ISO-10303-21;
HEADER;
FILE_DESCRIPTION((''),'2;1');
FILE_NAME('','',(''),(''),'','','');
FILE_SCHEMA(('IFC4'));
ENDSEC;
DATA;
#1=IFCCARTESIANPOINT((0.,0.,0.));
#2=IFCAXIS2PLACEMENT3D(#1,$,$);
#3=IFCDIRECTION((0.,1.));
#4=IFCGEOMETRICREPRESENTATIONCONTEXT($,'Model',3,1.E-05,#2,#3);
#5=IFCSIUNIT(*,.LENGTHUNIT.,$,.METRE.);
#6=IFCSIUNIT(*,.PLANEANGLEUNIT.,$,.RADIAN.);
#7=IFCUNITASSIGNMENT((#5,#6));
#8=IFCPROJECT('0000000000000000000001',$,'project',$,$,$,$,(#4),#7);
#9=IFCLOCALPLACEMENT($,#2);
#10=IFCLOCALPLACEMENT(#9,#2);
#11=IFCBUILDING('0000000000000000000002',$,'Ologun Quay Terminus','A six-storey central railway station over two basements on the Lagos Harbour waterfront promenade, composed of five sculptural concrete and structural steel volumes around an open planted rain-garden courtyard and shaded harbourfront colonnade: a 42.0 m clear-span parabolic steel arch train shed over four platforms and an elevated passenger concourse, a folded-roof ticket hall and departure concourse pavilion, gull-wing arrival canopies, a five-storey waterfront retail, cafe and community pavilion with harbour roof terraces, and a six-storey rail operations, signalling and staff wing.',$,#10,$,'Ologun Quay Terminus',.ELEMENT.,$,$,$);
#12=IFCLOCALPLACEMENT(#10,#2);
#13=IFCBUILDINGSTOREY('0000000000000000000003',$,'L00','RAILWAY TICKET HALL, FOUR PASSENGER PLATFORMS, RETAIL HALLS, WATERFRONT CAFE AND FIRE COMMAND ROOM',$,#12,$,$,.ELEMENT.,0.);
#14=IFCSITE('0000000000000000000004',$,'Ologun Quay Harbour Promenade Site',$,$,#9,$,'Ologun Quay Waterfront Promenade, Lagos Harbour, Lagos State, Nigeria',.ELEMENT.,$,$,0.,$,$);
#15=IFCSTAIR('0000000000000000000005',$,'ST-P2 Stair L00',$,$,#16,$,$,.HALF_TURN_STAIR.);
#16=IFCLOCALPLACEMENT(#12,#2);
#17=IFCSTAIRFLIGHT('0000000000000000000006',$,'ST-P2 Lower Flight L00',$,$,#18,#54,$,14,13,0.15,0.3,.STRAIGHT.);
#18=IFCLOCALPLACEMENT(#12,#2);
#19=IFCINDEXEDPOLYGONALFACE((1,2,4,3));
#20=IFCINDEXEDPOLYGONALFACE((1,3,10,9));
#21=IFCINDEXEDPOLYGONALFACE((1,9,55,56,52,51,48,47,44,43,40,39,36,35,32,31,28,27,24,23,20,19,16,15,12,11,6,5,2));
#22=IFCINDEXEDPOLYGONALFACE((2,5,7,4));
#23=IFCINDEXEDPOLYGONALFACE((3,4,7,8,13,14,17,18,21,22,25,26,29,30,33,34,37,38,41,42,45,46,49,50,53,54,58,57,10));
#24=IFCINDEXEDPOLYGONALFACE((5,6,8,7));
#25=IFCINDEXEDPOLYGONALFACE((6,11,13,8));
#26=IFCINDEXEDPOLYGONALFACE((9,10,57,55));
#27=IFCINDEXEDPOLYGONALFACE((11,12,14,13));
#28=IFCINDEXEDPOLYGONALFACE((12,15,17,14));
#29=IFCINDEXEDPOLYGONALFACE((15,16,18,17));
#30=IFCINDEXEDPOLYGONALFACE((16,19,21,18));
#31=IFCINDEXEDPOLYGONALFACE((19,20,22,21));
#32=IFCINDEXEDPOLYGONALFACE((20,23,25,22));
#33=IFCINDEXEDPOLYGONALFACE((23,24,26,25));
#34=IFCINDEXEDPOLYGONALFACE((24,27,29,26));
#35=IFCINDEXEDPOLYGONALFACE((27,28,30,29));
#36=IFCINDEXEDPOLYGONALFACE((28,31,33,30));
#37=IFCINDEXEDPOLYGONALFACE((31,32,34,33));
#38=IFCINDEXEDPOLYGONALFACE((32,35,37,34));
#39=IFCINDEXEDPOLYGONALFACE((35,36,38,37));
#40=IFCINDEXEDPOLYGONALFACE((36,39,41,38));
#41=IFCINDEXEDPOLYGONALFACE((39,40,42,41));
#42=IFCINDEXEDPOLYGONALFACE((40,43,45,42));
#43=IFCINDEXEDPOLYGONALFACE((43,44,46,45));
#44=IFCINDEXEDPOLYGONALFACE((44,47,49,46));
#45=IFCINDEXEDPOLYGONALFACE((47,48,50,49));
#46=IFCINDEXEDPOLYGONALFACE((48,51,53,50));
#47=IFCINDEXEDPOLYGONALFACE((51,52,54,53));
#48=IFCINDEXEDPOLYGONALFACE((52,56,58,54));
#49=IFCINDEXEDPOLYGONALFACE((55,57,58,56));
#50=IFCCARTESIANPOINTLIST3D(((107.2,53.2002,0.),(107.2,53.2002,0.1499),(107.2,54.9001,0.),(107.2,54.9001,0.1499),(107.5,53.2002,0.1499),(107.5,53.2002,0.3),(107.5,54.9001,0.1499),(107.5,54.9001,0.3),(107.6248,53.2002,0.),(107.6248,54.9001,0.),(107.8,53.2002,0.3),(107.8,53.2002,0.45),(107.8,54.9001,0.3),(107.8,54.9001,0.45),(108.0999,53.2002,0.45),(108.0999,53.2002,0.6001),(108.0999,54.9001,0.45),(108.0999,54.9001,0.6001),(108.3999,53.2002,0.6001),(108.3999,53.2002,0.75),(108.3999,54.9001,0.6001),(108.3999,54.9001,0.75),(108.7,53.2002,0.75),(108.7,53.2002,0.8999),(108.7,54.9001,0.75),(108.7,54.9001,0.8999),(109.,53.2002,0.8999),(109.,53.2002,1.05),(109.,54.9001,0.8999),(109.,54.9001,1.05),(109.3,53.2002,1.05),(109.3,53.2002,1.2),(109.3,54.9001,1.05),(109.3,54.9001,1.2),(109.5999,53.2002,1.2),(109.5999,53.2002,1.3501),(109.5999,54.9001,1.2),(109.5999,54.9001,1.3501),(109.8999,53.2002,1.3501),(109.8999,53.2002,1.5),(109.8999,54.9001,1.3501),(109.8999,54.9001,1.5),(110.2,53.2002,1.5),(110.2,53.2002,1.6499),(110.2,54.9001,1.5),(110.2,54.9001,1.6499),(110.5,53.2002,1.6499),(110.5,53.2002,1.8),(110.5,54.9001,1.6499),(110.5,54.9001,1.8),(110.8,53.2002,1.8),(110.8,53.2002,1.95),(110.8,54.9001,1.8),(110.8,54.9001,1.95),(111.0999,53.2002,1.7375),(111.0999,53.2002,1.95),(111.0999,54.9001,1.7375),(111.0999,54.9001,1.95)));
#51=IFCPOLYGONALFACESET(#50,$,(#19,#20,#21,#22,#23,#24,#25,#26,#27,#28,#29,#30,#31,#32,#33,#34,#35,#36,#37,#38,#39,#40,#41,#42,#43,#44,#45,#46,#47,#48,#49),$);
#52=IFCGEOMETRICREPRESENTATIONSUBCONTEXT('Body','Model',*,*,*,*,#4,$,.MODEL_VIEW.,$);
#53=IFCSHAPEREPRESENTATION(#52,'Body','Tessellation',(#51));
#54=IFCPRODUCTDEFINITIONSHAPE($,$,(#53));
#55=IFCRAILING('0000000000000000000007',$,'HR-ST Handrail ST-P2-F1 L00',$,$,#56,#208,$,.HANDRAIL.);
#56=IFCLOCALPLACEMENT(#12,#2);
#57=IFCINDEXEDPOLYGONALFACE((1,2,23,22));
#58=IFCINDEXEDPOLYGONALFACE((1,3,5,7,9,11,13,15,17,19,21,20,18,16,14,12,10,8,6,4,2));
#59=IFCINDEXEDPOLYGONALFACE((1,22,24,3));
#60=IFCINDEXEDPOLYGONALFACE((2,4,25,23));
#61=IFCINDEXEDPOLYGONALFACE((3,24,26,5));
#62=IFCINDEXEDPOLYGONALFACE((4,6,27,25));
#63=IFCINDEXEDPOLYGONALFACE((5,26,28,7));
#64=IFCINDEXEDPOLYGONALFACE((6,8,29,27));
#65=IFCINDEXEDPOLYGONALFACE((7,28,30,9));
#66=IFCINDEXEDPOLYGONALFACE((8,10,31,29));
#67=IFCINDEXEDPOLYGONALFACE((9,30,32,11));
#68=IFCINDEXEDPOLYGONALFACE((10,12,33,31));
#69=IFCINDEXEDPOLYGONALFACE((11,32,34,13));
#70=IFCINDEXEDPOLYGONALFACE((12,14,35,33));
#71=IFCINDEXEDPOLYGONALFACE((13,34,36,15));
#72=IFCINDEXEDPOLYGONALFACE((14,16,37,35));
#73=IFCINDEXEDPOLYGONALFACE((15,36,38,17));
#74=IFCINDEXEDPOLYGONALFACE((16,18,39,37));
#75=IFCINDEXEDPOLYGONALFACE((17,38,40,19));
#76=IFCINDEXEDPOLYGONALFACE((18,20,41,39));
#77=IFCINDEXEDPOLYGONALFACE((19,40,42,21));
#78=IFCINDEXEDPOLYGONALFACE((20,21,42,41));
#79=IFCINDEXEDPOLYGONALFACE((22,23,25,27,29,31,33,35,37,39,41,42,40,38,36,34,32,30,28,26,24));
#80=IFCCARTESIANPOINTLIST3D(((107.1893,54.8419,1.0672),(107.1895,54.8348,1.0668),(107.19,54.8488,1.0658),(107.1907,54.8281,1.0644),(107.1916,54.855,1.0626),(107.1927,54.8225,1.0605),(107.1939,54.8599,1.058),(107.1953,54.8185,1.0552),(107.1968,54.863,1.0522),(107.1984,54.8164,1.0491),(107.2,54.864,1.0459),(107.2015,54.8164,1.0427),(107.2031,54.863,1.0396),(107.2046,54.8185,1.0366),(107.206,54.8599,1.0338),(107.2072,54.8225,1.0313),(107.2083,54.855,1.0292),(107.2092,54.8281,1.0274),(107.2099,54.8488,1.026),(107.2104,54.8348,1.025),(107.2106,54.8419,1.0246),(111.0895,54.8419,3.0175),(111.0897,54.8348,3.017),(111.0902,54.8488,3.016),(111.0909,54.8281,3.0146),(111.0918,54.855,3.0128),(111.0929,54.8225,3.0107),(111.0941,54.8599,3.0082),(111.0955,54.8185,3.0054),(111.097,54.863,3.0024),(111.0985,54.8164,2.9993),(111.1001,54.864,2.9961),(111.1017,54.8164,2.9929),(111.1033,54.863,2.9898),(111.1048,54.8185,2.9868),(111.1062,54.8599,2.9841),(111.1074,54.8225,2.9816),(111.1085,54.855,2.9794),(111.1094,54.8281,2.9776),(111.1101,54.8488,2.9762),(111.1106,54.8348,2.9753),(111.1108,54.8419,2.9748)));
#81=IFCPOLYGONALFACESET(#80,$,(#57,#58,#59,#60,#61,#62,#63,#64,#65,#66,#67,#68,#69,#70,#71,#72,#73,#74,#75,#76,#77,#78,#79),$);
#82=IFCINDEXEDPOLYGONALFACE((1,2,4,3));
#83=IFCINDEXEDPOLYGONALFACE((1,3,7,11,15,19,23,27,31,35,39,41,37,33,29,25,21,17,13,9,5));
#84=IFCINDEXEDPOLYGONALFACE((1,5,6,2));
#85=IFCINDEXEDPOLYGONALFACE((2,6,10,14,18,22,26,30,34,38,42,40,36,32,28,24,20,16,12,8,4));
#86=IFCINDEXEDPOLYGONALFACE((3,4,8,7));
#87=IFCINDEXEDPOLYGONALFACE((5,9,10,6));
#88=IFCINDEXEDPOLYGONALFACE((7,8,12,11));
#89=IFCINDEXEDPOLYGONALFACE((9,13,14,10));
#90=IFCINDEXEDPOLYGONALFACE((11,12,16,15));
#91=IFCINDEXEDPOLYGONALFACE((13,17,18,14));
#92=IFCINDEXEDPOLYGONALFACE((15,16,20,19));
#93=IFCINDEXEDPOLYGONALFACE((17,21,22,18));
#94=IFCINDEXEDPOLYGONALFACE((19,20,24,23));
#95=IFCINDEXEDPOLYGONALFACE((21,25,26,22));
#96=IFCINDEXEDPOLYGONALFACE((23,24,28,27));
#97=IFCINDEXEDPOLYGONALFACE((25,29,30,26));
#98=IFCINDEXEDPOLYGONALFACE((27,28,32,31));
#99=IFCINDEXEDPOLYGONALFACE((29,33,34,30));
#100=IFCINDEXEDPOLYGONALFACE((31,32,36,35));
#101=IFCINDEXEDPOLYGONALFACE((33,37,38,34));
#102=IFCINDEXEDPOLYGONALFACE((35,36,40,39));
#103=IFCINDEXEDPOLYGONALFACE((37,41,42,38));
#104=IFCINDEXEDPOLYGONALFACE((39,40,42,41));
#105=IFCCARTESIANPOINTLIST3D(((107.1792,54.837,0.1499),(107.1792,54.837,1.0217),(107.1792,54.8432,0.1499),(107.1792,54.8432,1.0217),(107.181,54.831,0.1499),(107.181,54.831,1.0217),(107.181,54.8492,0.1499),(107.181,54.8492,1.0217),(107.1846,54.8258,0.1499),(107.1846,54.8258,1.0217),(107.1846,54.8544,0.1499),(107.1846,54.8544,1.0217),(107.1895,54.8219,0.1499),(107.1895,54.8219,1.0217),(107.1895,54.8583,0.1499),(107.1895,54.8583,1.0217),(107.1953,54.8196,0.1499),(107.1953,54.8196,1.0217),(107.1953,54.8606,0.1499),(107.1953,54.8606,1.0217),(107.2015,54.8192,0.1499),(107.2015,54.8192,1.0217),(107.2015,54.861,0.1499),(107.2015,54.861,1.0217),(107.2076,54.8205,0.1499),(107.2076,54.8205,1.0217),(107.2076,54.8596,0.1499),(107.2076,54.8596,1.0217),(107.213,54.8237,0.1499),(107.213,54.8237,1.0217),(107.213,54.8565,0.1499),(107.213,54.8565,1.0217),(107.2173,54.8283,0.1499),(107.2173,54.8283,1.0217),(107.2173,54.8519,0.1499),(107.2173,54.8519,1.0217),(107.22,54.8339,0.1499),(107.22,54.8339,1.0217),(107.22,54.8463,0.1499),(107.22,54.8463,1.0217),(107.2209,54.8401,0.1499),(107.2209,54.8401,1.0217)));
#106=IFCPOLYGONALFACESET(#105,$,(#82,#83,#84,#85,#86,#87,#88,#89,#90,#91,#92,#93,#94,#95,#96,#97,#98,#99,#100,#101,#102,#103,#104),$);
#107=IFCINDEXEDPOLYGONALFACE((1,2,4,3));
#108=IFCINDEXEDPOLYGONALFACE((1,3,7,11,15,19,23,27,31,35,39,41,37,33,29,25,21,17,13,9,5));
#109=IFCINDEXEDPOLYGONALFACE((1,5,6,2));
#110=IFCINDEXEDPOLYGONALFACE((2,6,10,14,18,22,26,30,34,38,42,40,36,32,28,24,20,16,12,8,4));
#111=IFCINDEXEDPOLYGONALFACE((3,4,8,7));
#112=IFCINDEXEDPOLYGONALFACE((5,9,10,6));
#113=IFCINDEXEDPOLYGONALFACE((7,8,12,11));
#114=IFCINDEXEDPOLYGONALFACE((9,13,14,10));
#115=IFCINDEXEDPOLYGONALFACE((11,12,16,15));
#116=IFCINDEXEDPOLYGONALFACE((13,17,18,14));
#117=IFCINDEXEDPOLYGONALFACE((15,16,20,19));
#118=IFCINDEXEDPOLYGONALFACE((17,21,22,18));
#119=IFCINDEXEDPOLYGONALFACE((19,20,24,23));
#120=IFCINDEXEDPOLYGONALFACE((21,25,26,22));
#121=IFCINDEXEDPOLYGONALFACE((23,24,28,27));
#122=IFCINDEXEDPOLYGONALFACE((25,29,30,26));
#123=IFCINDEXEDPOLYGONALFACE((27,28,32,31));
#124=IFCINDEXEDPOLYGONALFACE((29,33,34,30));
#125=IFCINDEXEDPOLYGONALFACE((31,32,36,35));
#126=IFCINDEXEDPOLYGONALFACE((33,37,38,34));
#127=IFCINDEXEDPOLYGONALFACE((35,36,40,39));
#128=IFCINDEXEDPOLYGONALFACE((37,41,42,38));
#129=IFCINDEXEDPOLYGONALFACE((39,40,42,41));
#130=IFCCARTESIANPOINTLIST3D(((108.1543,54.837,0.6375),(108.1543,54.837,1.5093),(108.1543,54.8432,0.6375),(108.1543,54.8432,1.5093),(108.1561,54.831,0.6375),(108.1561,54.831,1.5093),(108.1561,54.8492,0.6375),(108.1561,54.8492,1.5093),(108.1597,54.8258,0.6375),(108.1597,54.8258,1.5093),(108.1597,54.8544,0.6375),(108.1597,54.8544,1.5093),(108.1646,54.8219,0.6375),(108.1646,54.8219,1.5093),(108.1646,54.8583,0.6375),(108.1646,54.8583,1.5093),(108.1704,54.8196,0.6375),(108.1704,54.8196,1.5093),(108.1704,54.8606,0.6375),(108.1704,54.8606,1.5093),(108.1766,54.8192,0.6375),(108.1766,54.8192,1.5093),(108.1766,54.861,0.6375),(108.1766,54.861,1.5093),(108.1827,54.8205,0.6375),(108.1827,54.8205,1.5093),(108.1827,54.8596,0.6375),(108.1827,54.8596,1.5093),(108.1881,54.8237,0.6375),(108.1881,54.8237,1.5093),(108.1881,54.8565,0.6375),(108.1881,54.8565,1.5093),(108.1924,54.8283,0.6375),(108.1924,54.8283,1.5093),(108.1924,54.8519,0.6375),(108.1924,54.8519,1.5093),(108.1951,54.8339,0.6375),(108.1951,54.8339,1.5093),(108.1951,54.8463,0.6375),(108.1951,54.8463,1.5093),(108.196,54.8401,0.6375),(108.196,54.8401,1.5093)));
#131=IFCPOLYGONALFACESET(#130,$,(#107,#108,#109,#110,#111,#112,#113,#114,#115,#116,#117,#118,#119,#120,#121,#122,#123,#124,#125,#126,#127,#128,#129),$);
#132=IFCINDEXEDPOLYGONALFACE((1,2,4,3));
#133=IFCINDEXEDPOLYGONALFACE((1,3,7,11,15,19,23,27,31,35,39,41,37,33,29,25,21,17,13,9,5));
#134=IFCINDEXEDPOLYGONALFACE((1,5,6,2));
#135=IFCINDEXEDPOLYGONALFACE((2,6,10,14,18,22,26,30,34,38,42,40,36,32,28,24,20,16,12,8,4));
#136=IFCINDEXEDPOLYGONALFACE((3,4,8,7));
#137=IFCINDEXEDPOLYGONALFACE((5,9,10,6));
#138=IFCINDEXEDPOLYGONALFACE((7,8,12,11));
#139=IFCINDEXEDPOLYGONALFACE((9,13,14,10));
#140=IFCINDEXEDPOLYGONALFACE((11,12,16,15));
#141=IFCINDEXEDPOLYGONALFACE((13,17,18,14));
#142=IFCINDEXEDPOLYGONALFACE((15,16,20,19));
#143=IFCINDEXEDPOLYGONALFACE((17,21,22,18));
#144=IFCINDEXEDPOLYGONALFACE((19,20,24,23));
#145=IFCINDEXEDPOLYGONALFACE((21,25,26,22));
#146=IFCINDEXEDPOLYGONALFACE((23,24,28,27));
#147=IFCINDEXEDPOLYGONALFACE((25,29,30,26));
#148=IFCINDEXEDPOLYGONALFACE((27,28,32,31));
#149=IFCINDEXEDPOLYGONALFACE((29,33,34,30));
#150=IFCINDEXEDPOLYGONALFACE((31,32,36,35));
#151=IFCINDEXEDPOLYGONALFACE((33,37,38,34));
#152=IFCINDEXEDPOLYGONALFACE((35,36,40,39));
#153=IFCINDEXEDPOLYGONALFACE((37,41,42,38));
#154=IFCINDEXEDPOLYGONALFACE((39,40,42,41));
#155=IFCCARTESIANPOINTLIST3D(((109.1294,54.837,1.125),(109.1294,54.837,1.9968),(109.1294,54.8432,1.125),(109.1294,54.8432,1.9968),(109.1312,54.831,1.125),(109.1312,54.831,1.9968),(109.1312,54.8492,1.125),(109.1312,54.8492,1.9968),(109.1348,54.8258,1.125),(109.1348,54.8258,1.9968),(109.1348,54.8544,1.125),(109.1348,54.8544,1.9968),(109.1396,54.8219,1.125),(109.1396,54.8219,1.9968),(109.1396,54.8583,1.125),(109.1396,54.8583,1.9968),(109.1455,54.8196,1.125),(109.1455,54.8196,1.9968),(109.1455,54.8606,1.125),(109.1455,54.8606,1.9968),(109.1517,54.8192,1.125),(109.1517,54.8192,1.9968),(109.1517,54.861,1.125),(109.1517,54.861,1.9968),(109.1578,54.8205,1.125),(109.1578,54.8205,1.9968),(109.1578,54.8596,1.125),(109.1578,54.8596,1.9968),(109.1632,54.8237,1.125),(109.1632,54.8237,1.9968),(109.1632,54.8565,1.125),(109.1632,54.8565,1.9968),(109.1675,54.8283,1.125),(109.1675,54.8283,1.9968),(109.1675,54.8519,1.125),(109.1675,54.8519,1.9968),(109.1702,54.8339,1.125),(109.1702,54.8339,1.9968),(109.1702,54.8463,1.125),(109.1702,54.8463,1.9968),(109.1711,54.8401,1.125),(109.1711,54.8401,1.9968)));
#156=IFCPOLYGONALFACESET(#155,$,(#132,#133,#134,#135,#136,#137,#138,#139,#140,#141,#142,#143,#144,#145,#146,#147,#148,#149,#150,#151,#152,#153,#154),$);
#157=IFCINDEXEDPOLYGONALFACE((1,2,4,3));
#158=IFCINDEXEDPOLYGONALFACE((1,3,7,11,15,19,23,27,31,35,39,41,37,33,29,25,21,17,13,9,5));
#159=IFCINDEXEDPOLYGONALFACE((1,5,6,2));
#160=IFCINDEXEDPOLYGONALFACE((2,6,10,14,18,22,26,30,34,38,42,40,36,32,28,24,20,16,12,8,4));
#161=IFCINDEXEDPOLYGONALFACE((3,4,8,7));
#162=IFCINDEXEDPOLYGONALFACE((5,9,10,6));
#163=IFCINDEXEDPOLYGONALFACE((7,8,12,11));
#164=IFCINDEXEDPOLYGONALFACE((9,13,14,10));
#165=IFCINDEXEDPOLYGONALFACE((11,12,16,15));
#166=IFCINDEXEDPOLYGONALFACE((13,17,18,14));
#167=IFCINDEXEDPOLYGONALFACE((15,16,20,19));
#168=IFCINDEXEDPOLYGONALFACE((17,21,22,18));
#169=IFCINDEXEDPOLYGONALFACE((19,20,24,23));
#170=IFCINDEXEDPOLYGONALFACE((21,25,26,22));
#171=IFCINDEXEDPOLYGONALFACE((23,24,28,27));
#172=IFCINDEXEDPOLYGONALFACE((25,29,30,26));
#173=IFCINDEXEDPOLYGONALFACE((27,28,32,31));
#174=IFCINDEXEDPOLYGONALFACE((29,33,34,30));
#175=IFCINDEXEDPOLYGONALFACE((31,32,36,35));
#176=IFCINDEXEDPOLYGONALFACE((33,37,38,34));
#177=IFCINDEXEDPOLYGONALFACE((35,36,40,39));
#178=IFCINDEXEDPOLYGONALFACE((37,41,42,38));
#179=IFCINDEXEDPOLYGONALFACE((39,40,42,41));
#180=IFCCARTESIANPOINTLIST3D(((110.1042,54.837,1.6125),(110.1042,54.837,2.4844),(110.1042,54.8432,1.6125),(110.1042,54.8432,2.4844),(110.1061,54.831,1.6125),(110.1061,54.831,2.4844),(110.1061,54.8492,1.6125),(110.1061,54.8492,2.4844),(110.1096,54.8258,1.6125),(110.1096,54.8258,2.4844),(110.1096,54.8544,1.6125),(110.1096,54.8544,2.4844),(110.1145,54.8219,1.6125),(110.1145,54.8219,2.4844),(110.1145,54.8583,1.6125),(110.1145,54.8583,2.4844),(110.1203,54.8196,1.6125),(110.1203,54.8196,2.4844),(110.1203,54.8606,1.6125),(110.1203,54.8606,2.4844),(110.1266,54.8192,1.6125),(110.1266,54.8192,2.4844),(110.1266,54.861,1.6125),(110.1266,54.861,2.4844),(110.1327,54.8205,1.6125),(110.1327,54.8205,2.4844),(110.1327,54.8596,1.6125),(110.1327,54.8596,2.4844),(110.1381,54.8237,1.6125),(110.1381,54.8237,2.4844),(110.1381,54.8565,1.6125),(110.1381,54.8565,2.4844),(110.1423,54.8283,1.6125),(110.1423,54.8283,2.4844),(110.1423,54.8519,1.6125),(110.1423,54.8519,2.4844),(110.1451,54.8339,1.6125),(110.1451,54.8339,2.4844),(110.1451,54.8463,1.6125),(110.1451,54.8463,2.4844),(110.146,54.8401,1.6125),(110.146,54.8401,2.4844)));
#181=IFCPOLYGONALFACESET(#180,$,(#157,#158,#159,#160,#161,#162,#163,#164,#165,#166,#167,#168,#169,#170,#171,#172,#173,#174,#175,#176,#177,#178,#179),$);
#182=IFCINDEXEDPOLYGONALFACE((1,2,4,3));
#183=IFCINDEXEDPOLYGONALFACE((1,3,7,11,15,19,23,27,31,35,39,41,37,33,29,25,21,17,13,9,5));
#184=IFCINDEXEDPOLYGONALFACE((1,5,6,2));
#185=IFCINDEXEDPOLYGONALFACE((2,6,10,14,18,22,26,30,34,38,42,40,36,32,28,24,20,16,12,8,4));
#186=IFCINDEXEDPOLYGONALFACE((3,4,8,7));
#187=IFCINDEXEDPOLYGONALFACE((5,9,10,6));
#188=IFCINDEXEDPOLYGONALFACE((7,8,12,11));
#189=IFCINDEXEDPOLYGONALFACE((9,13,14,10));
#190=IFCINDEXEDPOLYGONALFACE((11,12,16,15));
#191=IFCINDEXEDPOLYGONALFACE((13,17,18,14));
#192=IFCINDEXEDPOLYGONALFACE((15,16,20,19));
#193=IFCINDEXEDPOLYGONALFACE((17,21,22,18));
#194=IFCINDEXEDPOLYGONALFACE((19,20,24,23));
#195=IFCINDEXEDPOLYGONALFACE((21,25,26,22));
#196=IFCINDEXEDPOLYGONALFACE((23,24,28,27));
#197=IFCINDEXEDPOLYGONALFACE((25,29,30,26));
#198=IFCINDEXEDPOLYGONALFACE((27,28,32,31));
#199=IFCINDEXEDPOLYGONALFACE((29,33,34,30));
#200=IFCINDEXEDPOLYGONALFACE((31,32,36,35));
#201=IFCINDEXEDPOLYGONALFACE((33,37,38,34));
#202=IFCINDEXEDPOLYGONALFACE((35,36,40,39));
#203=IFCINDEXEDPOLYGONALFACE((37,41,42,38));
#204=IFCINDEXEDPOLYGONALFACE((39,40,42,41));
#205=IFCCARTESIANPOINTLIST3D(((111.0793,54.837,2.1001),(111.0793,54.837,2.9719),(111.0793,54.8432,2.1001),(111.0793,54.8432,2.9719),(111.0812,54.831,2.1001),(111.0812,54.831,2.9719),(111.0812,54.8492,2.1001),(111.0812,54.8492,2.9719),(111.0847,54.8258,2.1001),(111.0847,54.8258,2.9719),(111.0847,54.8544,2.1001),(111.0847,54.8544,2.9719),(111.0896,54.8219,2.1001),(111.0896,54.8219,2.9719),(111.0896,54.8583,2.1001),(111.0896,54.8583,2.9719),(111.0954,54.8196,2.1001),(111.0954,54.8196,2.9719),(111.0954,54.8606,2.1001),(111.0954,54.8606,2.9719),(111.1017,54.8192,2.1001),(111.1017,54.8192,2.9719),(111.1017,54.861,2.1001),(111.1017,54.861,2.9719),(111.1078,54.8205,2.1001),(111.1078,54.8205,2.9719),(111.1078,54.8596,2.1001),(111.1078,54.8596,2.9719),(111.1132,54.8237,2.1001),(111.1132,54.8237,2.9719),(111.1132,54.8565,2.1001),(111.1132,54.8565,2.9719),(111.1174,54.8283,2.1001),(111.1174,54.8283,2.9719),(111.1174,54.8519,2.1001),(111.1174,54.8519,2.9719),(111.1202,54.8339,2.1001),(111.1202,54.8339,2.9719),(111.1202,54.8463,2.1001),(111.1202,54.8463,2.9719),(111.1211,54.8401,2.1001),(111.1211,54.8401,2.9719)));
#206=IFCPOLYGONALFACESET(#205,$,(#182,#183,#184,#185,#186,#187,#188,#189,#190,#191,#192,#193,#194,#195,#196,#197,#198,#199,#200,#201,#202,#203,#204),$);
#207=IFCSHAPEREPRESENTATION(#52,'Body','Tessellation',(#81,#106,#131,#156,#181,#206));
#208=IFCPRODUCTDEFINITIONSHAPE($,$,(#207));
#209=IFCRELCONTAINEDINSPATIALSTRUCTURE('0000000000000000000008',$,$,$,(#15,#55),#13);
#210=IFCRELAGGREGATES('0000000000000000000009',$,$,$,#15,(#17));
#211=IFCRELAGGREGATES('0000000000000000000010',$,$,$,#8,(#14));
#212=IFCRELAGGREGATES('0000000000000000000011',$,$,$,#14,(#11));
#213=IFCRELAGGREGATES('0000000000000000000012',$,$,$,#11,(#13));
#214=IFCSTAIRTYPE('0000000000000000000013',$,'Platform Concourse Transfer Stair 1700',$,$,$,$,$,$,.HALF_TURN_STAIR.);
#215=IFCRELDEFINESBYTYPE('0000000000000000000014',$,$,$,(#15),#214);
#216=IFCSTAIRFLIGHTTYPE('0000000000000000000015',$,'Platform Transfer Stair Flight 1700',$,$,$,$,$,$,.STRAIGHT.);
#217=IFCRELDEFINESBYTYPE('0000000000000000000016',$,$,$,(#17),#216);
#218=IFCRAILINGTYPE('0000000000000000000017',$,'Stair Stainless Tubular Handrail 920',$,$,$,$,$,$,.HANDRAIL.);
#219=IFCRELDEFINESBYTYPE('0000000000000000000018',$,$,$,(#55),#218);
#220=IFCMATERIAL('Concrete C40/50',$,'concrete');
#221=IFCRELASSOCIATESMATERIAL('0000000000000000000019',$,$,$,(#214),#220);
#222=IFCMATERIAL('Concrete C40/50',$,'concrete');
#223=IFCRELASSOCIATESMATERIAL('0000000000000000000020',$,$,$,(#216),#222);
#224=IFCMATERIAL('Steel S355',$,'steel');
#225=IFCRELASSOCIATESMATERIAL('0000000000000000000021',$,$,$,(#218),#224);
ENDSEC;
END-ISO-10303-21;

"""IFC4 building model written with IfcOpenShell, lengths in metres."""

from ifc_helpers import new_model, si_unit, direction, frame, origin, origin_2d, place, context, subcontext, project, spatial, polyline, circle, outline, extrude, material, type_object, element, aggregate, save


model = new_model("IFC4")

# Units and contexts
model_context = context("Model", 3, precision=1e-05, world=origin(), true_north=direction((0.0, 1.0)))
body_context = subcontext(model_context, "Body", "Model", "MODEL_VIEW")
ifc_project = project(units=[si_unit("LENGTHUNIT", "METRE"), si_unit("PLANEANGLEUNIT", "RADIAN")], contexts=[model_context])

# Site, building, storey
site_placement = place(None, origin())
site = spatial("IfcSite", under=ifc_project, at=site_placement, Name="Ologun Quay Harbour Promenade Site", LongName="Ologun Quay Waterfront Promenade, Lagos Harbour, Lagos State, Nigeria", CompositionType="ELEMENT", RefElevation=0.0)
building_placement = place(site_placement, origin())
building = spatial("IfcBuilding", under=site, at=building_placement, Name="Ologun Quay Terminus", Description="A six-storey central railway station over two basements on the Lagos Harbour waterfront promenade, composed of five sculptural concrete and structural steel volumes around an open planted rain-garden courtyard and shaded harbourfront colonnade: a 42.0 m clear-span parabolic steel arch train shed over four platforms and an elevated passenger concourse, a folded-roof ticket hall and departure concourse pavilion, gull-wing arrival canopies, a five-storey waterfront retail, cafe and community pavilion with harbour roof terraces, and a six-storey rail operations, signalling and staff wing.", LongName="Ologun Quay Terminus", CompositionType="ELEMENT")
storey_placement = place(building_placement, origin())
storey = spatial("IfcBuildingStorey", under=building, at=storey_placement, Name="L00", Description="RAILWAY TICKET HALL, FOUR PASSENGER PLATFORMS, RETAIL HALLS, WATERFRONT CAFE AND FIRE COMMAND ROOM", CompositionType="ELEMENT", Elevation=0.0)

# Stair, stair flight
ifc_material_1 = material(Name="Concrete C40/50", Category="concrete")
stair_type = type_object("IfcStairType", Name="Platform Concourse Transfer Stair 1700", PredefinedType="HALF_TURN_STAIR", material=ifc_material_1)
stair_placement = place(storey_placement, origin())
stair = element("IfcStair", 1, at=stair_placement, inside=storey, type_object=stair_type, Name="ST-P2 Stair L00", PredefinedType="HALF_TURN_STAIR")
ifc_material_2 = material(Name="Concrete C40/50", Category="concrete")
stair_flight_type = type_object("IfcStairFlightType", Name="Platform Transfer Stair Flight 1700", PredefinedType="STRAIGHT", material=ifc_material_2)
stair_flight_placement = place(storey_placement, frame((107.2, 54.05, 0.0), z_axis=(0.0, 0.0, 1.0), x_axis=(1.0, 0.0, 0.0)))
stair_flight = element("IfcStairFlight", 2, at=stair_flight_placement, type_object=stair_flight_type, Name="ST-P2 Lower Flight L00", NumberOfRisers=14, NumberOfTreads=13, PredefinedType="STRAIGHT", RiserHeight=0.15, TreadLength=0.3, context=body_context, shape_type="SweptSolid", body=[
    extrude(outline(polyline([(0.0, 0.0), (0.0, 0.1499), (0.3, 0.1499), (0.3, 0.3), (0.6001, 0.3), (0.6001, 0.45), (0.8999, 0.45), (0.8999, 0.6001), (1.2, 0.6001), (1.2, 0.75), (1.5, 0.75), (1.5, 0.8999), (1.8, 0.8999), (1.8, 1.05), (2.1001, 1.05), (2.1001, 1.2), (2.3999, 1.2), (2.3999, 1.3501), (2.7, 1.3501), (2.7, 1.5), (3.0, 1.5), (3.0, 1.6499), (3.3, 1.6499), (3.3, 1.8), (3.6001, 1.8), (3.6001, 1.95), (3.8999, 1.95), (3.8999, 2.1001), (3.8999, 1.7375), (0.4248, 0.0), (0.0, 0.0)])), frame((0.0, 0.8501, 0.0), z_axis=(0.0, -1.0, 0.0), x_axis=(1.0, 0.0, 0.0)), (0.0, 0.0, 1.0), 1.7),
])
aggregate(stair, [stair_flight])

# Railing
ifc_material_3 = material(Name="Steel S355", Category="steel")
railing_type_1 = type_object("IfcRailingType", Name="Stair Stainless Tubular Handrail 920", PredefinedType="HANDRAIL", material=ifc_material_3)
railing_1_placement = place(storey_placement, frame((107.2, 54.8401, 0.1499)))
element("IfcRailing", 3, at=railing_1_placement, inside=storey, type_object=railing_type_1, Name="HR-ST Handrail ST-P2-F1 L00", PredefinedType="HANDRAIL", context=body_context, shape_type="SweptSolid", body=[
    extrude(circle(Radius=0.0239, at=origin_2d()), frame((0.0, 0.0, 0.896), z_axis=(0.894416, 0.0, 0.447236), x_axis=(0.0, 1.0, 0.0)), (0.0, 0.0, 1.0), 4.3606),
    extrude(circle(Radius=0.021, at=origin_2d()), origin(), (0.0, 0.0, 1.0), 0.8718),
    extrude(circle(Radius=0.021, at=origin_2d()), frame((0.9751, 0.0, 0.4875)), (0.0, 0.0, 1.0), 0.8718),
    extrude(circle(Radius=0.021, at=origin_2d()), frame((1.9502, 0.0, 0.9751)), (0.0, 0.0, 1.0), 0.8718),
    extrude(circle(Radius=0.021, at=origin_2d()), frame((2.925, 0.0, 1.4626)), (0.0, 0.0, 1.0), 0.8718),
    extrude(circle(Radius=0.021, at=origin_2d()), frame((3.9001, 0.0, 1.9502)), (0.0, 0.0, 1.0), 0.8718),
])

save(model, "model.ifc")
